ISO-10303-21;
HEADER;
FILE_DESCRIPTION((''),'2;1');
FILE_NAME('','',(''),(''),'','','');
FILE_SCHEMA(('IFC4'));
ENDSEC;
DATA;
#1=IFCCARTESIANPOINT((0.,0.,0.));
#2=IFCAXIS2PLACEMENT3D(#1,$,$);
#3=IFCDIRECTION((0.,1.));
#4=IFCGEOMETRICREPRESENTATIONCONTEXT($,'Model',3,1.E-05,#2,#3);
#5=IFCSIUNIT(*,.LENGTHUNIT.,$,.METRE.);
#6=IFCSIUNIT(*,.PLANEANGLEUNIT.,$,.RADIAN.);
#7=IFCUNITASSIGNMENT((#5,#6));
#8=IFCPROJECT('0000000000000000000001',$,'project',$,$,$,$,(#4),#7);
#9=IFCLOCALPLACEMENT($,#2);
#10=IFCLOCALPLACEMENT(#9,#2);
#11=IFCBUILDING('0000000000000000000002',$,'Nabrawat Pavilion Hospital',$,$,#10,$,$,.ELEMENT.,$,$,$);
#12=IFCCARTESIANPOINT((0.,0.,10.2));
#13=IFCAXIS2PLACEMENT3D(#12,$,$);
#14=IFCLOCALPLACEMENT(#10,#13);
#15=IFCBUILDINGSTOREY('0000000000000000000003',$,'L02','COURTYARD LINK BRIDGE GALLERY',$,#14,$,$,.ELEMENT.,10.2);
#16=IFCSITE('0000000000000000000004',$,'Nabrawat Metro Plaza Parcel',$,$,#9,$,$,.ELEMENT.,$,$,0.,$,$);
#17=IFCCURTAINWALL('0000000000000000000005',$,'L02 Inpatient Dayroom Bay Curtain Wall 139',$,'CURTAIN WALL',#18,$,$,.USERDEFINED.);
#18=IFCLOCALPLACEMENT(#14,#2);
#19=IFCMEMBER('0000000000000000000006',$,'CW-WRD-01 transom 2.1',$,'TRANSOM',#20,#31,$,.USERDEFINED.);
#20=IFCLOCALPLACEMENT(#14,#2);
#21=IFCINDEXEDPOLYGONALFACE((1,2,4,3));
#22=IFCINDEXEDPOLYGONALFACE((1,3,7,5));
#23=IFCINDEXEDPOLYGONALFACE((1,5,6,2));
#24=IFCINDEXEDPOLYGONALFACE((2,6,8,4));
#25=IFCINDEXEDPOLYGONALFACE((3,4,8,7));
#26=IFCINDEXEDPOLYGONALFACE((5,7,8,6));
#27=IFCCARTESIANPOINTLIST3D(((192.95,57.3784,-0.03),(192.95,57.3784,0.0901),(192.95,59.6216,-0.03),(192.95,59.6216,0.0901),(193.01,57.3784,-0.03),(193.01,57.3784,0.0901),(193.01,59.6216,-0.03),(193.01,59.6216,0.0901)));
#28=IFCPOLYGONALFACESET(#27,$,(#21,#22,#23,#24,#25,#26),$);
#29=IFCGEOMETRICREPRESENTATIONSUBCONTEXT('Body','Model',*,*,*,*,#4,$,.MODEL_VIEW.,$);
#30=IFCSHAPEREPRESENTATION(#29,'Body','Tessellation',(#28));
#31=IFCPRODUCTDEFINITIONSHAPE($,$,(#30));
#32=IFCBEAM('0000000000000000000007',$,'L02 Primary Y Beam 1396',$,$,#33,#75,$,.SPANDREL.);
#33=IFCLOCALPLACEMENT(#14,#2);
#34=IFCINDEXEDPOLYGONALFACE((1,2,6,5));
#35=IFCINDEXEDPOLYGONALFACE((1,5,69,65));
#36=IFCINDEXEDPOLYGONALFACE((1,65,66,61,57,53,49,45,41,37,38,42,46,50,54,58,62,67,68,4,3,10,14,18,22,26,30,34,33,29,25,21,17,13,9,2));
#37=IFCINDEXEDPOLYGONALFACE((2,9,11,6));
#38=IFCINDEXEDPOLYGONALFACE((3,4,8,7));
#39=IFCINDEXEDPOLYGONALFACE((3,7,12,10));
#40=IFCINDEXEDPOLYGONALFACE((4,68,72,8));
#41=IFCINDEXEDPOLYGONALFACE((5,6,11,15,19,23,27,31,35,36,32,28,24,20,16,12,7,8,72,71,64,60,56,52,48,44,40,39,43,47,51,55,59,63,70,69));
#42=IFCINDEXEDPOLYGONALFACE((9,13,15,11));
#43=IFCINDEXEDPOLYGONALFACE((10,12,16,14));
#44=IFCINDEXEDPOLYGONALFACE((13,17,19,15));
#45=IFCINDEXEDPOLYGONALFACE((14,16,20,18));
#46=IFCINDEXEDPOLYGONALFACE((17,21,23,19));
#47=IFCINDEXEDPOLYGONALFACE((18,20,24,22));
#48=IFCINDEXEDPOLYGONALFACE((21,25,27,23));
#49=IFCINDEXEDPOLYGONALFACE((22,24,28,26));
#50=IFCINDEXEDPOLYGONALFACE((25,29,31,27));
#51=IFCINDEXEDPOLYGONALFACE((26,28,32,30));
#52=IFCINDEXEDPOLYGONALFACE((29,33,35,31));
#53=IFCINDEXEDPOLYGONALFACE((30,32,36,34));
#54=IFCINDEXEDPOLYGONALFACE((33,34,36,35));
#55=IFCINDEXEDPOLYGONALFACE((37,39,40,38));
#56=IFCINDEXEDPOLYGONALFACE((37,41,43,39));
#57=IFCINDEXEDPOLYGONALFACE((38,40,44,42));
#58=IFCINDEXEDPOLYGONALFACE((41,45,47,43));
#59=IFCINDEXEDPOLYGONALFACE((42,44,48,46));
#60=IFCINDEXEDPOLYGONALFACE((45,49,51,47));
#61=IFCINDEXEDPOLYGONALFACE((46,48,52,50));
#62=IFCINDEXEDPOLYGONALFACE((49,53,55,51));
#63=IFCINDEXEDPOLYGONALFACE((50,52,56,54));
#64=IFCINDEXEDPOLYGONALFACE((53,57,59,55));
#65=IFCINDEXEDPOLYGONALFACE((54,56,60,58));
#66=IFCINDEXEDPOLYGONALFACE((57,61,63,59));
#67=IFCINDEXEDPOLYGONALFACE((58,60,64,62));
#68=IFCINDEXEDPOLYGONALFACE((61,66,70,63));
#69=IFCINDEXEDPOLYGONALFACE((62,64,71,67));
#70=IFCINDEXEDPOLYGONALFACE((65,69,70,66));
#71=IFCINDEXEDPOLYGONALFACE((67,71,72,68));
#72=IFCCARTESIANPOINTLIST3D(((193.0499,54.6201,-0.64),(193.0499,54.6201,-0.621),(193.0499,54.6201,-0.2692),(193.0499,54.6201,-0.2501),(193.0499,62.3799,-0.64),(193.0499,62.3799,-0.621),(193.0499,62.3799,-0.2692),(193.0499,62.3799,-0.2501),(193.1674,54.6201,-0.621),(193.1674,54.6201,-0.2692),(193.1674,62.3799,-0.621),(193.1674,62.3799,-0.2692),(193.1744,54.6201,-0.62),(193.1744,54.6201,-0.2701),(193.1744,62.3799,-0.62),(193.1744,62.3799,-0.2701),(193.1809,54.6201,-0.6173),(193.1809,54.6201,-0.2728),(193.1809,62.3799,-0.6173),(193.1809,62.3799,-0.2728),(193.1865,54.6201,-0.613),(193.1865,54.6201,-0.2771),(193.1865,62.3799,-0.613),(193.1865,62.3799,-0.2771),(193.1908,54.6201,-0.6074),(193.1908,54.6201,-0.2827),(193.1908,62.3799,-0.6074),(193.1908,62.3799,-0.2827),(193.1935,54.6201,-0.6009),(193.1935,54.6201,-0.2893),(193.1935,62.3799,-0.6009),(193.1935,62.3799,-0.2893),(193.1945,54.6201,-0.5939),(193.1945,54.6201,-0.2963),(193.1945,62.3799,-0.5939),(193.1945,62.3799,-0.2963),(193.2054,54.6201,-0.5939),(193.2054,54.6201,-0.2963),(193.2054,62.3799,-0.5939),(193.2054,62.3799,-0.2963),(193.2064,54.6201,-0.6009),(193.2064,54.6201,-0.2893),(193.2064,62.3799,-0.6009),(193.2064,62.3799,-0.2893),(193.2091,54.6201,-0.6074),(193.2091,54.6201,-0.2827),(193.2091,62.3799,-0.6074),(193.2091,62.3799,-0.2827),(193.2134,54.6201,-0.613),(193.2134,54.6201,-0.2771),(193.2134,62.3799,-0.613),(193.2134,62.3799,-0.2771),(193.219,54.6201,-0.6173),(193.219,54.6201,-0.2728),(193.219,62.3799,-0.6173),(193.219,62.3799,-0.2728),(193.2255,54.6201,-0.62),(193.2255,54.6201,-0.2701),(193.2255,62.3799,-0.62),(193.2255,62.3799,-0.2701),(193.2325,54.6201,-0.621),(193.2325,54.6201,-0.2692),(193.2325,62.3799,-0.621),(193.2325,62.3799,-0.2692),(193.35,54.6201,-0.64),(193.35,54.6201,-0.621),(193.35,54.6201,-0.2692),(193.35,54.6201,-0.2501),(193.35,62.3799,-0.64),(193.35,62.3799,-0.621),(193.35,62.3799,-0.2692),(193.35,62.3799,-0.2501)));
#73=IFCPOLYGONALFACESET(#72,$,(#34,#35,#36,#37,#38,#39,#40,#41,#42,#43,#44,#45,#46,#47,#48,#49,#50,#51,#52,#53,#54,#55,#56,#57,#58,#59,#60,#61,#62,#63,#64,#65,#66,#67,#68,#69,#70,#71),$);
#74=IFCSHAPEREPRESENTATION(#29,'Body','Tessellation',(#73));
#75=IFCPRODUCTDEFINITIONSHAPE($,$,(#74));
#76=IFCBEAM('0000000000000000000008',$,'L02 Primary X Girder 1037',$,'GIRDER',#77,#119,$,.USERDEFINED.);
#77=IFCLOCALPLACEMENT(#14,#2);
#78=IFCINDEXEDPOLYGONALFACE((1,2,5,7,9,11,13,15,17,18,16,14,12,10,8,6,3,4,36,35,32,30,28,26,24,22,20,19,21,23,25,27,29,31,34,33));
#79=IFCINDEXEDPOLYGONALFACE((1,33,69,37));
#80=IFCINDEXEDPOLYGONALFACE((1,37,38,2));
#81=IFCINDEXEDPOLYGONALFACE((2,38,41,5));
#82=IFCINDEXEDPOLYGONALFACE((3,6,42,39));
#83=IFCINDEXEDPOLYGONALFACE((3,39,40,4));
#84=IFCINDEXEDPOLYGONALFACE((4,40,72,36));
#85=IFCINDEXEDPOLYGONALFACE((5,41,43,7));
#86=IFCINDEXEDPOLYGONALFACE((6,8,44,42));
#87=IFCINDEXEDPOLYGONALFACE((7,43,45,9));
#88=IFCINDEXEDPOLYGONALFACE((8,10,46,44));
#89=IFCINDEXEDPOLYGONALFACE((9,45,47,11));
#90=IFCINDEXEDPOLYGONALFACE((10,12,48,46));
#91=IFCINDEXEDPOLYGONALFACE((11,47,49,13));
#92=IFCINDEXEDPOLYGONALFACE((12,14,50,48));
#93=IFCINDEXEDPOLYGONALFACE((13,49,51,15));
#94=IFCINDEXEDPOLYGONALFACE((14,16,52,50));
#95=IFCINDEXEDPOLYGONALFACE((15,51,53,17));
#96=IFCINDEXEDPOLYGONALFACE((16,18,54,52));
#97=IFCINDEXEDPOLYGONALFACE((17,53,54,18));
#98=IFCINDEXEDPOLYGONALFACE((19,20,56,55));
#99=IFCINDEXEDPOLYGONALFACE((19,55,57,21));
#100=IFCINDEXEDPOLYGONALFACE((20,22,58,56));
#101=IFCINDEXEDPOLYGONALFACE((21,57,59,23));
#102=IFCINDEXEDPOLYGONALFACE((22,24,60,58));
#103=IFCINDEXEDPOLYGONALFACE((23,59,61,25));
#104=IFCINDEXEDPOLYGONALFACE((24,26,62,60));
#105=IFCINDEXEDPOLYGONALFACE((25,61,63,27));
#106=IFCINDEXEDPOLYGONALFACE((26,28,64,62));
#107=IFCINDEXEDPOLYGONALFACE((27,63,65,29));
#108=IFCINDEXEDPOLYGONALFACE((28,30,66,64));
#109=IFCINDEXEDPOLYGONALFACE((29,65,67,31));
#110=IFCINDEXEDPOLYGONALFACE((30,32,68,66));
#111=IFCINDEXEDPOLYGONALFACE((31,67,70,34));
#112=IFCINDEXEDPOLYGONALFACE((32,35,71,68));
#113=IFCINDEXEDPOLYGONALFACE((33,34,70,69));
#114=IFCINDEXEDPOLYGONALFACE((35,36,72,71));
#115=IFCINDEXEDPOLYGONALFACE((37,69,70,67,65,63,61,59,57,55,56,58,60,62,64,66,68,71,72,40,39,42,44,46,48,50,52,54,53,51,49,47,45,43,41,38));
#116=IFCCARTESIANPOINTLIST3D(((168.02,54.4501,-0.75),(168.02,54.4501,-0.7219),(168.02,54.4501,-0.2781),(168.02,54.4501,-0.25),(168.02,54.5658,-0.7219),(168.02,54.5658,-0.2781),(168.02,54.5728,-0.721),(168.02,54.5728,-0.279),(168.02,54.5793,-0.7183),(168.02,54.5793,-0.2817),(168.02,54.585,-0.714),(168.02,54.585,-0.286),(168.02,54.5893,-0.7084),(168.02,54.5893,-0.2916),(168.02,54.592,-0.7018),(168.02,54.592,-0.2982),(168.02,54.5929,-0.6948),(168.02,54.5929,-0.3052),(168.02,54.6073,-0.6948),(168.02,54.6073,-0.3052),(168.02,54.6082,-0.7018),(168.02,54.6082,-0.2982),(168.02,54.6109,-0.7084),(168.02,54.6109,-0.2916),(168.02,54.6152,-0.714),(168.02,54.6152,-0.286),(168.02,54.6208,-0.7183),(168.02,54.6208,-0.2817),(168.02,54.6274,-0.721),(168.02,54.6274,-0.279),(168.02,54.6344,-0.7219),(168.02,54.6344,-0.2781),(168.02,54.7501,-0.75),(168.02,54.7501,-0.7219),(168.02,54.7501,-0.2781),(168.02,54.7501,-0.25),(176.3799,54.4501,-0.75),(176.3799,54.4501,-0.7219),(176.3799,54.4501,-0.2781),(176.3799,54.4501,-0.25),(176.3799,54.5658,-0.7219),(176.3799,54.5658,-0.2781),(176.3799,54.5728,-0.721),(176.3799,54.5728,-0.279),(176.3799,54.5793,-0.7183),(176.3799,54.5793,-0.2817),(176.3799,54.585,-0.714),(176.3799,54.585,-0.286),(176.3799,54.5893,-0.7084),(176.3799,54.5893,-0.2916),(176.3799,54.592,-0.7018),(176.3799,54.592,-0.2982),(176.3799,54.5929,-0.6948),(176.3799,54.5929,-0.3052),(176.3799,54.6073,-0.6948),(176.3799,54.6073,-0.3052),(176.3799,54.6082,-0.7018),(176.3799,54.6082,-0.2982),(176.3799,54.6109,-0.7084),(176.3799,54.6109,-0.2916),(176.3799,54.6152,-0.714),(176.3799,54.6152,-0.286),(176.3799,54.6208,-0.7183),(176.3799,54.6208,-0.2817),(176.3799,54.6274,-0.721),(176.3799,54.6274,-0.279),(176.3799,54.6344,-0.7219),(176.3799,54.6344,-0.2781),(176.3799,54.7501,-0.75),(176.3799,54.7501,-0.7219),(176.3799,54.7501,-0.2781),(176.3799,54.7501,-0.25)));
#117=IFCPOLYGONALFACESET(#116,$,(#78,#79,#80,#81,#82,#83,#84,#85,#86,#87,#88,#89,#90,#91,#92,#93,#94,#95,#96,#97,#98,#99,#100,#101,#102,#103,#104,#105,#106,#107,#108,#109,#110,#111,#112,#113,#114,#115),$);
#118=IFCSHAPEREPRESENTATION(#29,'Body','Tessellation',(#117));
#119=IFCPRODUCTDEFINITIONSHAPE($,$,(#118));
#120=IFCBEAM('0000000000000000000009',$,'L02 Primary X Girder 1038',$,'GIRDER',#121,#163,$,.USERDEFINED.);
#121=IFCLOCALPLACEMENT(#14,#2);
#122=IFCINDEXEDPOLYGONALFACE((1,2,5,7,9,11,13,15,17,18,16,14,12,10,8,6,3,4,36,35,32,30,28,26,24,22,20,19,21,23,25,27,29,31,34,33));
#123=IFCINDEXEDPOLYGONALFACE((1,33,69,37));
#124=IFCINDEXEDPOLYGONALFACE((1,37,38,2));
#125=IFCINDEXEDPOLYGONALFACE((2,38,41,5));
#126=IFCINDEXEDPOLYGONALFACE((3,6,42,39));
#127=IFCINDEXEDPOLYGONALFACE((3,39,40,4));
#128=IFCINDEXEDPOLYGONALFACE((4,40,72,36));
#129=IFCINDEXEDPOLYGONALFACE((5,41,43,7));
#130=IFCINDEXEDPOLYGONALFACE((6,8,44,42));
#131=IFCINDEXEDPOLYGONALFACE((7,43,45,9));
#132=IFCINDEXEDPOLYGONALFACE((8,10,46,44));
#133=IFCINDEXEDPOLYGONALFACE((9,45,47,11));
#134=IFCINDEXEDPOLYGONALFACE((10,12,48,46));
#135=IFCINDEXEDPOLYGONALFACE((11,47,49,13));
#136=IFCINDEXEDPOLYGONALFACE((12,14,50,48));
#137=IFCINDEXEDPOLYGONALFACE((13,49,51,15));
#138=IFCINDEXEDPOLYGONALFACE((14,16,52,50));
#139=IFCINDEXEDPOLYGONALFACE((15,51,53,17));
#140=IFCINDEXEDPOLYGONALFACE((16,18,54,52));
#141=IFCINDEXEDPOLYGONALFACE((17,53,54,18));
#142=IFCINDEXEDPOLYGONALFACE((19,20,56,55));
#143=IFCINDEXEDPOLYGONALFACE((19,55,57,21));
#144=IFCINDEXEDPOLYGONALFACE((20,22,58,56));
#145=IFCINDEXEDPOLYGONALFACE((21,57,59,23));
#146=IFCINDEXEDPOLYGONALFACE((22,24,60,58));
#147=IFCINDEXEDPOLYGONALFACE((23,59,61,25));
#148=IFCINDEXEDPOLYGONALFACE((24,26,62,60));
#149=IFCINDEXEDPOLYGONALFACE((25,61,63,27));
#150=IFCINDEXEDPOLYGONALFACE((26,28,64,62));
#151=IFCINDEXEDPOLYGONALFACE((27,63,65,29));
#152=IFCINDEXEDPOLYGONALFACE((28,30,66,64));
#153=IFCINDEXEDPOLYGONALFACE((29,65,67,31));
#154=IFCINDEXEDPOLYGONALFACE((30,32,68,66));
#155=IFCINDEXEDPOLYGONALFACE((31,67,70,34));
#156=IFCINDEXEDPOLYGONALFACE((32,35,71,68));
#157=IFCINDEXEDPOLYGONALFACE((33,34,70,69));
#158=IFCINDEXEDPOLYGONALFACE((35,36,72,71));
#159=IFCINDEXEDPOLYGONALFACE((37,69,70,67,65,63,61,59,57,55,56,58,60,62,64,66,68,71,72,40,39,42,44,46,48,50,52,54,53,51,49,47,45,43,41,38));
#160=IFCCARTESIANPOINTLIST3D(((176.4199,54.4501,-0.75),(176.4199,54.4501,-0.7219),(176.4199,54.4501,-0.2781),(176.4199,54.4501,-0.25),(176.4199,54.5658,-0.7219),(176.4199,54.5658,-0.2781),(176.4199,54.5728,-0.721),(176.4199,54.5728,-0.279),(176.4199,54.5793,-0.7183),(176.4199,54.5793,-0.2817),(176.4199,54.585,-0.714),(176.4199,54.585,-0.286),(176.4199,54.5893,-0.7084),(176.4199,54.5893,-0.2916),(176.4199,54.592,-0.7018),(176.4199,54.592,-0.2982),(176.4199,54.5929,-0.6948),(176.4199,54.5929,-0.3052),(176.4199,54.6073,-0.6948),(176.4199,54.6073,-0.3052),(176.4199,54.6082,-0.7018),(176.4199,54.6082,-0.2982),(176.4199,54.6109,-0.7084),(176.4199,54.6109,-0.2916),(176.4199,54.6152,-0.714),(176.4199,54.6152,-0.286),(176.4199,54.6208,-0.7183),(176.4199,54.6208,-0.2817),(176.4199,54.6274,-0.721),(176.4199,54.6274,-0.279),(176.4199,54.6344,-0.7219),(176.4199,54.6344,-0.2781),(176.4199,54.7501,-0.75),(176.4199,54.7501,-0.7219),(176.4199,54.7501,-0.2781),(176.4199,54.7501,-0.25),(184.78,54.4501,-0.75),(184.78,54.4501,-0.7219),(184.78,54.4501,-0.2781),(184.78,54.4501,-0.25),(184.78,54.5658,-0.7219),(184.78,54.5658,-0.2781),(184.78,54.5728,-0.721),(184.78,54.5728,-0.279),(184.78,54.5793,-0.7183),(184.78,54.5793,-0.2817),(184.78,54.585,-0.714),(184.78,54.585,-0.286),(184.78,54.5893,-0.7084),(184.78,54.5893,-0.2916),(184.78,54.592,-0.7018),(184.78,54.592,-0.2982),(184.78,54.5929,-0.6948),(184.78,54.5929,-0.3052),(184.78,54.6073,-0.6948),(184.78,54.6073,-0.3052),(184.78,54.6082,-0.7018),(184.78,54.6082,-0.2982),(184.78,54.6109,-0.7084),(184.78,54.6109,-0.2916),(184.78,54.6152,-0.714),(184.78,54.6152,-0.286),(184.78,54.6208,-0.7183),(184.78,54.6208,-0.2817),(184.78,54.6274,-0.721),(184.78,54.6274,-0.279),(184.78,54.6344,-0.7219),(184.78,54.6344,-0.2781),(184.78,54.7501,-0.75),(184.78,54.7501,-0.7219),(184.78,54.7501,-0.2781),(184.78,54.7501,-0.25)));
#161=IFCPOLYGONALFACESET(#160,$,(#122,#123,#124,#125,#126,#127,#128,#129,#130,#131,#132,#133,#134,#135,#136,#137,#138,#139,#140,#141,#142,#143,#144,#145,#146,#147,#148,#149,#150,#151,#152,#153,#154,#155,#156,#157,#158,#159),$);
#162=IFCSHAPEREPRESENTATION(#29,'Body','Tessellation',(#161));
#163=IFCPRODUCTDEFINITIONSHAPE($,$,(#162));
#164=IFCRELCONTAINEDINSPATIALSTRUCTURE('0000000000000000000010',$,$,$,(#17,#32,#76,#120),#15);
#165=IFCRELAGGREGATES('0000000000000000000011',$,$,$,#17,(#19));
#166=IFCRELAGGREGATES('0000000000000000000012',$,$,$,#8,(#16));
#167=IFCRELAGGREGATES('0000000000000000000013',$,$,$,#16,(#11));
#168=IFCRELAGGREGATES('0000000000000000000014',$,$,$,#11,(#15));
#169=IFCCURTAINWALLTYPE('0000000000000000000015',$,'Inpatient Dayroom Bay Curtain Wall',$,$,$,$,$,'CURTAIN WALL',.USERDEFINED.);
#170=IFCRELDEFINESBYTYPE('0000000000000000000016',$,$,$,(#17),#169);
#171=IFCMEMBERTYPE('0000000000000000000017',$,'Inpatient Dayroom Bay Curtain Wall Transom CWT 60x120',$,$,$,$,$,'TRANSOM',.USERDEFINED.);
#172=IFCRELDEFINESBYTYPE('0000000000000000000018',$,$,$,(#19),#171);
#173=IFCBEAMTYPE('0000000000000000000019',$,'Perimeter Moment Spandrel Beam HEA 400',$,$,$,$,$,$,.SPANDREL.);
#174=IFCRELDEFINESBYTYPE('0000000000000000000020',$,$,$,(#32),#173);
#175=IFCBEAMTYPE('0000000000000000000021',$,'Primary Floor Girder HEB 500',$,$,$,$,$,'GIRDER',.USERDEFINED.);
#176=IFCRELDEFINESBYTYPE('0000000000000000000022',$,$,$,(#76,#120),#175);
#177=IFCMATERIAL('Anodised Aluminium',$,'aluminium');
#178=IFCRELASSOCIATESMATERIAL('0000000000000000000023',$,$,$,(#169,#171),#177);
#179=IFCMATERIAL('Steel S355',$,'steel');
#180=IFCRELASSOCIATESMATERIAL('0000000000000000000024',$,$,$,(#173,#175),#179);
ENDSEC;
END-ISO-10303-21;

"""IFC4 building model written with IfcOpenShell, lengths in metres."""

from ifc_helpers import new_model, si_unit, direction, frame, origin, origin_2d, place, context, subcontext, project, spatial, rectangle, i_section, extrude, material, material_profile, profile_set, type_object, element, aggregate, save


model = new_model("IFC4")

# Units and contexts
model_context = context("Model", 3, precision=1e-05, world=origin(), true_north=direction((0.0, 1.0)))
body_context = subcontext(model_context, "Body", "Model", "MODEL_VIEW")
ifc_project = project(units=[si_unit("LENGTHUNIT", "METRE"), si_unit("PLANEANGLEUNIT", "RADIAN")], contexts=[model_context])

# Site, building, storey
site_placement = place(None, origin())
site = spatial("IfcSite", under=ifc_project, at=site_placement, Name="Nabrawat Metro Plaza Parcel", CompositionType="ELEMENT", RefElevation=0.0)
building_placement = place(site_placement, origin())
building = spatial("IfcBuilding", under=site, at=building_placement, Name="Nabrawat Pavilion Hospital", CompositionType="ELEMENT")
storey_placement = place(building_placement, frame((0.0, 0.0, 10.2)))
storey = spatial("IfcBuildingStorey", under=building, at=storey_placement, Name="L02", Description="COURTYARD LINK BRIDGE GALLERY", CompositionType="ELEMENT", Elevation=10.2)

# Shared definitions
ifc_material_1 = material(Name="Steel S355", Category="steel")

# Curtain wall, member
ifc_material_2 = material(Name="Anodised Aluminium", Category="aluminium")
curtain_wall_type = type_object("IfcCurtainWallType", Name="Inpatient Dayroom Bay Curtain Wall", ElementType="CURTAIN WALL", PredefinedType="USERDEFINED", material=ifc_material_2)
curtain_wall_placement = place(storey_placement, origin())
curtain_wall = element("IfcCurtainWall", 1, at=curtain_wall_placement, inside=storey, type_object=curtain_wall_type, Name="L02 Inpatient Dayroom Bay Curtain Wall 139", ObjectType="CURTAIN WALL", PredefinedType="USERDEFINED")
ifc_material_profile_1 = material_profile(ifc_material_2, rectangle(XDim=0.0601, YDim=0.1201, at=origin_2d()), Name="CWT 60x120")
ifc_profile_set_1 = profile_set([ifc_material_profile_1], Name="Anodised Aluminium")
member_type_1 = type_object("IfcMemberType", Name="Inpatient Dayroom Bay Curtain Wall Transom CWT 60x120", ElementType="TRANSOM", PredefinedType="USERDEFINED", material=ifc_profile_set_1)
member_1_placement = place(storey_placement, frame((192.98, 57.3784, 0.03), z_axis=(0.0, 1.0, 0.0), x_axis=(-1.0, 0.0, 0.0)))
member_1 = element("IfcMember", 2, at=member_1_placement, type_object=member_type_1, Name="CW-WRD-01 transom 2.1", ObjectType="TRANSOM", PredefinedType="USERDEFINED", context=body_context, shape_type="SweptSolid", body=[
    extrude(rectangle(XDim=0.0601, YDim=0.1201, at=origin_2d()), origin(), (0.0, 0.0, 1.0), 2.2432),
])

# Beams
ifc_material_profile_2 = material_profile(ifc_material_1, i_section(OverallWidth=0.3, OverallDepth=0.3899, WebThickness=0.011, FlangeThickness=0.019, FilletRadius=0.0271, at=origin_2d()), Name="HEA 400")
ifc_profile_set_2 = profile_set([ifc_material_profile_2], Name="Steel S355")
beam_type_1 = type_object("IfcBeamType", Name="Perimeter Moment Spandrel Beam HEA 400", PredefinedType="SPANDREL", material=ifc_profile_set_2)
beam_1_placement = place(storey_placement, frame((193.2, 54.6201, -0.4451), z_axis=(0.0, 1.0, 0.0), x_axis=(-1.0, 0.0, 0.0)))
element("IfcBeam", 3, at=beam_1_placement, inside=storey, type_object=beam_type_1, Name="L02 Primary Y Beam 1396", PredefinedType="SPANDREL", context=body_context, shape_type="SweptSolid", body=[
    extrude(i_section(OverallWidth=0.3, OverallDepth=0.3899, WebThickness=0.011, FlangeThickness=0.019, FilletRadius=0.0271, at=origin_2d()), origin(), (0.0, 0.0, 1.0), 7.7598),
])
ifc_material_profile_3 = material_profile(ifc_material_1, i_section(OverallWidth=0.3, OverallDepth=0.5, WebThickness=0.0144, FlangeThickness=0.0281, FilletRadius=0.0271, at=origin_2d()), Name="HEB 500")
ifc_profile_set_3 = profile_set([ifc_material_profile_3], Name="Steel S355")
beam_type_2 = type_object("IfcBeamType", Name="Primary Floor Girder HEB 500", ElementType="GIRDER", PredefinedType="USERDEFINED", material=ifc_profile_set_3)
beam_2_placement = place(storey_placement, frame((168.02, 54.6001, -0.5), z_axis=(1.0, 0.0, 0.0), x_axis=(0.0, 1.0, 0.0)))
element("IfcBeam", 4, at=beam_2_placement, inside=storey, type_object=beam_type_2, Name="L02 Primary X Girder 1037", ObjectType="GIRDER", PredefinedType="USERDEFINED", context=body_context, shape_type="SweptSolid", body=[
    extrude(i_section(OverallWidth=0.3, OverallDepth=0.5, WebThickness=0.0144, FlangeThickness=0.0281, FilletRadius=0.0271, at=origin_2d()), origin(), (0.0, 0.0, 1.0), 8.3599),
])
beam_3_placement = place(storey_placement, frame((176.4199, 54.6001, -0.5), z_axis=(1.0, 0.0, 0.0), x_axis=(0.0, 1.0, 0.0)))
element("IfcBeam", 5, at=beam_3_placement, inside=storey, type_object=beam_type_2, Name="L02 Primary X Girder 1038", ObjectType="GIRDER", PredefinedType="USERDEFINED", context=body_context, shape_type="SweptSolid", body=[
    extrude(i_section(OverallWidth=0.3, OverallDepth=0.5, WebThickness=0.0144, FlangeThickness=0.0281, FilletRadius=0.0271, at=origin_2d()), origin(), (0.0, 0.0, 1.0), 8.3601),
])

aggregate(curtain_wall, [member_1])

save(model, "model.ifc")
